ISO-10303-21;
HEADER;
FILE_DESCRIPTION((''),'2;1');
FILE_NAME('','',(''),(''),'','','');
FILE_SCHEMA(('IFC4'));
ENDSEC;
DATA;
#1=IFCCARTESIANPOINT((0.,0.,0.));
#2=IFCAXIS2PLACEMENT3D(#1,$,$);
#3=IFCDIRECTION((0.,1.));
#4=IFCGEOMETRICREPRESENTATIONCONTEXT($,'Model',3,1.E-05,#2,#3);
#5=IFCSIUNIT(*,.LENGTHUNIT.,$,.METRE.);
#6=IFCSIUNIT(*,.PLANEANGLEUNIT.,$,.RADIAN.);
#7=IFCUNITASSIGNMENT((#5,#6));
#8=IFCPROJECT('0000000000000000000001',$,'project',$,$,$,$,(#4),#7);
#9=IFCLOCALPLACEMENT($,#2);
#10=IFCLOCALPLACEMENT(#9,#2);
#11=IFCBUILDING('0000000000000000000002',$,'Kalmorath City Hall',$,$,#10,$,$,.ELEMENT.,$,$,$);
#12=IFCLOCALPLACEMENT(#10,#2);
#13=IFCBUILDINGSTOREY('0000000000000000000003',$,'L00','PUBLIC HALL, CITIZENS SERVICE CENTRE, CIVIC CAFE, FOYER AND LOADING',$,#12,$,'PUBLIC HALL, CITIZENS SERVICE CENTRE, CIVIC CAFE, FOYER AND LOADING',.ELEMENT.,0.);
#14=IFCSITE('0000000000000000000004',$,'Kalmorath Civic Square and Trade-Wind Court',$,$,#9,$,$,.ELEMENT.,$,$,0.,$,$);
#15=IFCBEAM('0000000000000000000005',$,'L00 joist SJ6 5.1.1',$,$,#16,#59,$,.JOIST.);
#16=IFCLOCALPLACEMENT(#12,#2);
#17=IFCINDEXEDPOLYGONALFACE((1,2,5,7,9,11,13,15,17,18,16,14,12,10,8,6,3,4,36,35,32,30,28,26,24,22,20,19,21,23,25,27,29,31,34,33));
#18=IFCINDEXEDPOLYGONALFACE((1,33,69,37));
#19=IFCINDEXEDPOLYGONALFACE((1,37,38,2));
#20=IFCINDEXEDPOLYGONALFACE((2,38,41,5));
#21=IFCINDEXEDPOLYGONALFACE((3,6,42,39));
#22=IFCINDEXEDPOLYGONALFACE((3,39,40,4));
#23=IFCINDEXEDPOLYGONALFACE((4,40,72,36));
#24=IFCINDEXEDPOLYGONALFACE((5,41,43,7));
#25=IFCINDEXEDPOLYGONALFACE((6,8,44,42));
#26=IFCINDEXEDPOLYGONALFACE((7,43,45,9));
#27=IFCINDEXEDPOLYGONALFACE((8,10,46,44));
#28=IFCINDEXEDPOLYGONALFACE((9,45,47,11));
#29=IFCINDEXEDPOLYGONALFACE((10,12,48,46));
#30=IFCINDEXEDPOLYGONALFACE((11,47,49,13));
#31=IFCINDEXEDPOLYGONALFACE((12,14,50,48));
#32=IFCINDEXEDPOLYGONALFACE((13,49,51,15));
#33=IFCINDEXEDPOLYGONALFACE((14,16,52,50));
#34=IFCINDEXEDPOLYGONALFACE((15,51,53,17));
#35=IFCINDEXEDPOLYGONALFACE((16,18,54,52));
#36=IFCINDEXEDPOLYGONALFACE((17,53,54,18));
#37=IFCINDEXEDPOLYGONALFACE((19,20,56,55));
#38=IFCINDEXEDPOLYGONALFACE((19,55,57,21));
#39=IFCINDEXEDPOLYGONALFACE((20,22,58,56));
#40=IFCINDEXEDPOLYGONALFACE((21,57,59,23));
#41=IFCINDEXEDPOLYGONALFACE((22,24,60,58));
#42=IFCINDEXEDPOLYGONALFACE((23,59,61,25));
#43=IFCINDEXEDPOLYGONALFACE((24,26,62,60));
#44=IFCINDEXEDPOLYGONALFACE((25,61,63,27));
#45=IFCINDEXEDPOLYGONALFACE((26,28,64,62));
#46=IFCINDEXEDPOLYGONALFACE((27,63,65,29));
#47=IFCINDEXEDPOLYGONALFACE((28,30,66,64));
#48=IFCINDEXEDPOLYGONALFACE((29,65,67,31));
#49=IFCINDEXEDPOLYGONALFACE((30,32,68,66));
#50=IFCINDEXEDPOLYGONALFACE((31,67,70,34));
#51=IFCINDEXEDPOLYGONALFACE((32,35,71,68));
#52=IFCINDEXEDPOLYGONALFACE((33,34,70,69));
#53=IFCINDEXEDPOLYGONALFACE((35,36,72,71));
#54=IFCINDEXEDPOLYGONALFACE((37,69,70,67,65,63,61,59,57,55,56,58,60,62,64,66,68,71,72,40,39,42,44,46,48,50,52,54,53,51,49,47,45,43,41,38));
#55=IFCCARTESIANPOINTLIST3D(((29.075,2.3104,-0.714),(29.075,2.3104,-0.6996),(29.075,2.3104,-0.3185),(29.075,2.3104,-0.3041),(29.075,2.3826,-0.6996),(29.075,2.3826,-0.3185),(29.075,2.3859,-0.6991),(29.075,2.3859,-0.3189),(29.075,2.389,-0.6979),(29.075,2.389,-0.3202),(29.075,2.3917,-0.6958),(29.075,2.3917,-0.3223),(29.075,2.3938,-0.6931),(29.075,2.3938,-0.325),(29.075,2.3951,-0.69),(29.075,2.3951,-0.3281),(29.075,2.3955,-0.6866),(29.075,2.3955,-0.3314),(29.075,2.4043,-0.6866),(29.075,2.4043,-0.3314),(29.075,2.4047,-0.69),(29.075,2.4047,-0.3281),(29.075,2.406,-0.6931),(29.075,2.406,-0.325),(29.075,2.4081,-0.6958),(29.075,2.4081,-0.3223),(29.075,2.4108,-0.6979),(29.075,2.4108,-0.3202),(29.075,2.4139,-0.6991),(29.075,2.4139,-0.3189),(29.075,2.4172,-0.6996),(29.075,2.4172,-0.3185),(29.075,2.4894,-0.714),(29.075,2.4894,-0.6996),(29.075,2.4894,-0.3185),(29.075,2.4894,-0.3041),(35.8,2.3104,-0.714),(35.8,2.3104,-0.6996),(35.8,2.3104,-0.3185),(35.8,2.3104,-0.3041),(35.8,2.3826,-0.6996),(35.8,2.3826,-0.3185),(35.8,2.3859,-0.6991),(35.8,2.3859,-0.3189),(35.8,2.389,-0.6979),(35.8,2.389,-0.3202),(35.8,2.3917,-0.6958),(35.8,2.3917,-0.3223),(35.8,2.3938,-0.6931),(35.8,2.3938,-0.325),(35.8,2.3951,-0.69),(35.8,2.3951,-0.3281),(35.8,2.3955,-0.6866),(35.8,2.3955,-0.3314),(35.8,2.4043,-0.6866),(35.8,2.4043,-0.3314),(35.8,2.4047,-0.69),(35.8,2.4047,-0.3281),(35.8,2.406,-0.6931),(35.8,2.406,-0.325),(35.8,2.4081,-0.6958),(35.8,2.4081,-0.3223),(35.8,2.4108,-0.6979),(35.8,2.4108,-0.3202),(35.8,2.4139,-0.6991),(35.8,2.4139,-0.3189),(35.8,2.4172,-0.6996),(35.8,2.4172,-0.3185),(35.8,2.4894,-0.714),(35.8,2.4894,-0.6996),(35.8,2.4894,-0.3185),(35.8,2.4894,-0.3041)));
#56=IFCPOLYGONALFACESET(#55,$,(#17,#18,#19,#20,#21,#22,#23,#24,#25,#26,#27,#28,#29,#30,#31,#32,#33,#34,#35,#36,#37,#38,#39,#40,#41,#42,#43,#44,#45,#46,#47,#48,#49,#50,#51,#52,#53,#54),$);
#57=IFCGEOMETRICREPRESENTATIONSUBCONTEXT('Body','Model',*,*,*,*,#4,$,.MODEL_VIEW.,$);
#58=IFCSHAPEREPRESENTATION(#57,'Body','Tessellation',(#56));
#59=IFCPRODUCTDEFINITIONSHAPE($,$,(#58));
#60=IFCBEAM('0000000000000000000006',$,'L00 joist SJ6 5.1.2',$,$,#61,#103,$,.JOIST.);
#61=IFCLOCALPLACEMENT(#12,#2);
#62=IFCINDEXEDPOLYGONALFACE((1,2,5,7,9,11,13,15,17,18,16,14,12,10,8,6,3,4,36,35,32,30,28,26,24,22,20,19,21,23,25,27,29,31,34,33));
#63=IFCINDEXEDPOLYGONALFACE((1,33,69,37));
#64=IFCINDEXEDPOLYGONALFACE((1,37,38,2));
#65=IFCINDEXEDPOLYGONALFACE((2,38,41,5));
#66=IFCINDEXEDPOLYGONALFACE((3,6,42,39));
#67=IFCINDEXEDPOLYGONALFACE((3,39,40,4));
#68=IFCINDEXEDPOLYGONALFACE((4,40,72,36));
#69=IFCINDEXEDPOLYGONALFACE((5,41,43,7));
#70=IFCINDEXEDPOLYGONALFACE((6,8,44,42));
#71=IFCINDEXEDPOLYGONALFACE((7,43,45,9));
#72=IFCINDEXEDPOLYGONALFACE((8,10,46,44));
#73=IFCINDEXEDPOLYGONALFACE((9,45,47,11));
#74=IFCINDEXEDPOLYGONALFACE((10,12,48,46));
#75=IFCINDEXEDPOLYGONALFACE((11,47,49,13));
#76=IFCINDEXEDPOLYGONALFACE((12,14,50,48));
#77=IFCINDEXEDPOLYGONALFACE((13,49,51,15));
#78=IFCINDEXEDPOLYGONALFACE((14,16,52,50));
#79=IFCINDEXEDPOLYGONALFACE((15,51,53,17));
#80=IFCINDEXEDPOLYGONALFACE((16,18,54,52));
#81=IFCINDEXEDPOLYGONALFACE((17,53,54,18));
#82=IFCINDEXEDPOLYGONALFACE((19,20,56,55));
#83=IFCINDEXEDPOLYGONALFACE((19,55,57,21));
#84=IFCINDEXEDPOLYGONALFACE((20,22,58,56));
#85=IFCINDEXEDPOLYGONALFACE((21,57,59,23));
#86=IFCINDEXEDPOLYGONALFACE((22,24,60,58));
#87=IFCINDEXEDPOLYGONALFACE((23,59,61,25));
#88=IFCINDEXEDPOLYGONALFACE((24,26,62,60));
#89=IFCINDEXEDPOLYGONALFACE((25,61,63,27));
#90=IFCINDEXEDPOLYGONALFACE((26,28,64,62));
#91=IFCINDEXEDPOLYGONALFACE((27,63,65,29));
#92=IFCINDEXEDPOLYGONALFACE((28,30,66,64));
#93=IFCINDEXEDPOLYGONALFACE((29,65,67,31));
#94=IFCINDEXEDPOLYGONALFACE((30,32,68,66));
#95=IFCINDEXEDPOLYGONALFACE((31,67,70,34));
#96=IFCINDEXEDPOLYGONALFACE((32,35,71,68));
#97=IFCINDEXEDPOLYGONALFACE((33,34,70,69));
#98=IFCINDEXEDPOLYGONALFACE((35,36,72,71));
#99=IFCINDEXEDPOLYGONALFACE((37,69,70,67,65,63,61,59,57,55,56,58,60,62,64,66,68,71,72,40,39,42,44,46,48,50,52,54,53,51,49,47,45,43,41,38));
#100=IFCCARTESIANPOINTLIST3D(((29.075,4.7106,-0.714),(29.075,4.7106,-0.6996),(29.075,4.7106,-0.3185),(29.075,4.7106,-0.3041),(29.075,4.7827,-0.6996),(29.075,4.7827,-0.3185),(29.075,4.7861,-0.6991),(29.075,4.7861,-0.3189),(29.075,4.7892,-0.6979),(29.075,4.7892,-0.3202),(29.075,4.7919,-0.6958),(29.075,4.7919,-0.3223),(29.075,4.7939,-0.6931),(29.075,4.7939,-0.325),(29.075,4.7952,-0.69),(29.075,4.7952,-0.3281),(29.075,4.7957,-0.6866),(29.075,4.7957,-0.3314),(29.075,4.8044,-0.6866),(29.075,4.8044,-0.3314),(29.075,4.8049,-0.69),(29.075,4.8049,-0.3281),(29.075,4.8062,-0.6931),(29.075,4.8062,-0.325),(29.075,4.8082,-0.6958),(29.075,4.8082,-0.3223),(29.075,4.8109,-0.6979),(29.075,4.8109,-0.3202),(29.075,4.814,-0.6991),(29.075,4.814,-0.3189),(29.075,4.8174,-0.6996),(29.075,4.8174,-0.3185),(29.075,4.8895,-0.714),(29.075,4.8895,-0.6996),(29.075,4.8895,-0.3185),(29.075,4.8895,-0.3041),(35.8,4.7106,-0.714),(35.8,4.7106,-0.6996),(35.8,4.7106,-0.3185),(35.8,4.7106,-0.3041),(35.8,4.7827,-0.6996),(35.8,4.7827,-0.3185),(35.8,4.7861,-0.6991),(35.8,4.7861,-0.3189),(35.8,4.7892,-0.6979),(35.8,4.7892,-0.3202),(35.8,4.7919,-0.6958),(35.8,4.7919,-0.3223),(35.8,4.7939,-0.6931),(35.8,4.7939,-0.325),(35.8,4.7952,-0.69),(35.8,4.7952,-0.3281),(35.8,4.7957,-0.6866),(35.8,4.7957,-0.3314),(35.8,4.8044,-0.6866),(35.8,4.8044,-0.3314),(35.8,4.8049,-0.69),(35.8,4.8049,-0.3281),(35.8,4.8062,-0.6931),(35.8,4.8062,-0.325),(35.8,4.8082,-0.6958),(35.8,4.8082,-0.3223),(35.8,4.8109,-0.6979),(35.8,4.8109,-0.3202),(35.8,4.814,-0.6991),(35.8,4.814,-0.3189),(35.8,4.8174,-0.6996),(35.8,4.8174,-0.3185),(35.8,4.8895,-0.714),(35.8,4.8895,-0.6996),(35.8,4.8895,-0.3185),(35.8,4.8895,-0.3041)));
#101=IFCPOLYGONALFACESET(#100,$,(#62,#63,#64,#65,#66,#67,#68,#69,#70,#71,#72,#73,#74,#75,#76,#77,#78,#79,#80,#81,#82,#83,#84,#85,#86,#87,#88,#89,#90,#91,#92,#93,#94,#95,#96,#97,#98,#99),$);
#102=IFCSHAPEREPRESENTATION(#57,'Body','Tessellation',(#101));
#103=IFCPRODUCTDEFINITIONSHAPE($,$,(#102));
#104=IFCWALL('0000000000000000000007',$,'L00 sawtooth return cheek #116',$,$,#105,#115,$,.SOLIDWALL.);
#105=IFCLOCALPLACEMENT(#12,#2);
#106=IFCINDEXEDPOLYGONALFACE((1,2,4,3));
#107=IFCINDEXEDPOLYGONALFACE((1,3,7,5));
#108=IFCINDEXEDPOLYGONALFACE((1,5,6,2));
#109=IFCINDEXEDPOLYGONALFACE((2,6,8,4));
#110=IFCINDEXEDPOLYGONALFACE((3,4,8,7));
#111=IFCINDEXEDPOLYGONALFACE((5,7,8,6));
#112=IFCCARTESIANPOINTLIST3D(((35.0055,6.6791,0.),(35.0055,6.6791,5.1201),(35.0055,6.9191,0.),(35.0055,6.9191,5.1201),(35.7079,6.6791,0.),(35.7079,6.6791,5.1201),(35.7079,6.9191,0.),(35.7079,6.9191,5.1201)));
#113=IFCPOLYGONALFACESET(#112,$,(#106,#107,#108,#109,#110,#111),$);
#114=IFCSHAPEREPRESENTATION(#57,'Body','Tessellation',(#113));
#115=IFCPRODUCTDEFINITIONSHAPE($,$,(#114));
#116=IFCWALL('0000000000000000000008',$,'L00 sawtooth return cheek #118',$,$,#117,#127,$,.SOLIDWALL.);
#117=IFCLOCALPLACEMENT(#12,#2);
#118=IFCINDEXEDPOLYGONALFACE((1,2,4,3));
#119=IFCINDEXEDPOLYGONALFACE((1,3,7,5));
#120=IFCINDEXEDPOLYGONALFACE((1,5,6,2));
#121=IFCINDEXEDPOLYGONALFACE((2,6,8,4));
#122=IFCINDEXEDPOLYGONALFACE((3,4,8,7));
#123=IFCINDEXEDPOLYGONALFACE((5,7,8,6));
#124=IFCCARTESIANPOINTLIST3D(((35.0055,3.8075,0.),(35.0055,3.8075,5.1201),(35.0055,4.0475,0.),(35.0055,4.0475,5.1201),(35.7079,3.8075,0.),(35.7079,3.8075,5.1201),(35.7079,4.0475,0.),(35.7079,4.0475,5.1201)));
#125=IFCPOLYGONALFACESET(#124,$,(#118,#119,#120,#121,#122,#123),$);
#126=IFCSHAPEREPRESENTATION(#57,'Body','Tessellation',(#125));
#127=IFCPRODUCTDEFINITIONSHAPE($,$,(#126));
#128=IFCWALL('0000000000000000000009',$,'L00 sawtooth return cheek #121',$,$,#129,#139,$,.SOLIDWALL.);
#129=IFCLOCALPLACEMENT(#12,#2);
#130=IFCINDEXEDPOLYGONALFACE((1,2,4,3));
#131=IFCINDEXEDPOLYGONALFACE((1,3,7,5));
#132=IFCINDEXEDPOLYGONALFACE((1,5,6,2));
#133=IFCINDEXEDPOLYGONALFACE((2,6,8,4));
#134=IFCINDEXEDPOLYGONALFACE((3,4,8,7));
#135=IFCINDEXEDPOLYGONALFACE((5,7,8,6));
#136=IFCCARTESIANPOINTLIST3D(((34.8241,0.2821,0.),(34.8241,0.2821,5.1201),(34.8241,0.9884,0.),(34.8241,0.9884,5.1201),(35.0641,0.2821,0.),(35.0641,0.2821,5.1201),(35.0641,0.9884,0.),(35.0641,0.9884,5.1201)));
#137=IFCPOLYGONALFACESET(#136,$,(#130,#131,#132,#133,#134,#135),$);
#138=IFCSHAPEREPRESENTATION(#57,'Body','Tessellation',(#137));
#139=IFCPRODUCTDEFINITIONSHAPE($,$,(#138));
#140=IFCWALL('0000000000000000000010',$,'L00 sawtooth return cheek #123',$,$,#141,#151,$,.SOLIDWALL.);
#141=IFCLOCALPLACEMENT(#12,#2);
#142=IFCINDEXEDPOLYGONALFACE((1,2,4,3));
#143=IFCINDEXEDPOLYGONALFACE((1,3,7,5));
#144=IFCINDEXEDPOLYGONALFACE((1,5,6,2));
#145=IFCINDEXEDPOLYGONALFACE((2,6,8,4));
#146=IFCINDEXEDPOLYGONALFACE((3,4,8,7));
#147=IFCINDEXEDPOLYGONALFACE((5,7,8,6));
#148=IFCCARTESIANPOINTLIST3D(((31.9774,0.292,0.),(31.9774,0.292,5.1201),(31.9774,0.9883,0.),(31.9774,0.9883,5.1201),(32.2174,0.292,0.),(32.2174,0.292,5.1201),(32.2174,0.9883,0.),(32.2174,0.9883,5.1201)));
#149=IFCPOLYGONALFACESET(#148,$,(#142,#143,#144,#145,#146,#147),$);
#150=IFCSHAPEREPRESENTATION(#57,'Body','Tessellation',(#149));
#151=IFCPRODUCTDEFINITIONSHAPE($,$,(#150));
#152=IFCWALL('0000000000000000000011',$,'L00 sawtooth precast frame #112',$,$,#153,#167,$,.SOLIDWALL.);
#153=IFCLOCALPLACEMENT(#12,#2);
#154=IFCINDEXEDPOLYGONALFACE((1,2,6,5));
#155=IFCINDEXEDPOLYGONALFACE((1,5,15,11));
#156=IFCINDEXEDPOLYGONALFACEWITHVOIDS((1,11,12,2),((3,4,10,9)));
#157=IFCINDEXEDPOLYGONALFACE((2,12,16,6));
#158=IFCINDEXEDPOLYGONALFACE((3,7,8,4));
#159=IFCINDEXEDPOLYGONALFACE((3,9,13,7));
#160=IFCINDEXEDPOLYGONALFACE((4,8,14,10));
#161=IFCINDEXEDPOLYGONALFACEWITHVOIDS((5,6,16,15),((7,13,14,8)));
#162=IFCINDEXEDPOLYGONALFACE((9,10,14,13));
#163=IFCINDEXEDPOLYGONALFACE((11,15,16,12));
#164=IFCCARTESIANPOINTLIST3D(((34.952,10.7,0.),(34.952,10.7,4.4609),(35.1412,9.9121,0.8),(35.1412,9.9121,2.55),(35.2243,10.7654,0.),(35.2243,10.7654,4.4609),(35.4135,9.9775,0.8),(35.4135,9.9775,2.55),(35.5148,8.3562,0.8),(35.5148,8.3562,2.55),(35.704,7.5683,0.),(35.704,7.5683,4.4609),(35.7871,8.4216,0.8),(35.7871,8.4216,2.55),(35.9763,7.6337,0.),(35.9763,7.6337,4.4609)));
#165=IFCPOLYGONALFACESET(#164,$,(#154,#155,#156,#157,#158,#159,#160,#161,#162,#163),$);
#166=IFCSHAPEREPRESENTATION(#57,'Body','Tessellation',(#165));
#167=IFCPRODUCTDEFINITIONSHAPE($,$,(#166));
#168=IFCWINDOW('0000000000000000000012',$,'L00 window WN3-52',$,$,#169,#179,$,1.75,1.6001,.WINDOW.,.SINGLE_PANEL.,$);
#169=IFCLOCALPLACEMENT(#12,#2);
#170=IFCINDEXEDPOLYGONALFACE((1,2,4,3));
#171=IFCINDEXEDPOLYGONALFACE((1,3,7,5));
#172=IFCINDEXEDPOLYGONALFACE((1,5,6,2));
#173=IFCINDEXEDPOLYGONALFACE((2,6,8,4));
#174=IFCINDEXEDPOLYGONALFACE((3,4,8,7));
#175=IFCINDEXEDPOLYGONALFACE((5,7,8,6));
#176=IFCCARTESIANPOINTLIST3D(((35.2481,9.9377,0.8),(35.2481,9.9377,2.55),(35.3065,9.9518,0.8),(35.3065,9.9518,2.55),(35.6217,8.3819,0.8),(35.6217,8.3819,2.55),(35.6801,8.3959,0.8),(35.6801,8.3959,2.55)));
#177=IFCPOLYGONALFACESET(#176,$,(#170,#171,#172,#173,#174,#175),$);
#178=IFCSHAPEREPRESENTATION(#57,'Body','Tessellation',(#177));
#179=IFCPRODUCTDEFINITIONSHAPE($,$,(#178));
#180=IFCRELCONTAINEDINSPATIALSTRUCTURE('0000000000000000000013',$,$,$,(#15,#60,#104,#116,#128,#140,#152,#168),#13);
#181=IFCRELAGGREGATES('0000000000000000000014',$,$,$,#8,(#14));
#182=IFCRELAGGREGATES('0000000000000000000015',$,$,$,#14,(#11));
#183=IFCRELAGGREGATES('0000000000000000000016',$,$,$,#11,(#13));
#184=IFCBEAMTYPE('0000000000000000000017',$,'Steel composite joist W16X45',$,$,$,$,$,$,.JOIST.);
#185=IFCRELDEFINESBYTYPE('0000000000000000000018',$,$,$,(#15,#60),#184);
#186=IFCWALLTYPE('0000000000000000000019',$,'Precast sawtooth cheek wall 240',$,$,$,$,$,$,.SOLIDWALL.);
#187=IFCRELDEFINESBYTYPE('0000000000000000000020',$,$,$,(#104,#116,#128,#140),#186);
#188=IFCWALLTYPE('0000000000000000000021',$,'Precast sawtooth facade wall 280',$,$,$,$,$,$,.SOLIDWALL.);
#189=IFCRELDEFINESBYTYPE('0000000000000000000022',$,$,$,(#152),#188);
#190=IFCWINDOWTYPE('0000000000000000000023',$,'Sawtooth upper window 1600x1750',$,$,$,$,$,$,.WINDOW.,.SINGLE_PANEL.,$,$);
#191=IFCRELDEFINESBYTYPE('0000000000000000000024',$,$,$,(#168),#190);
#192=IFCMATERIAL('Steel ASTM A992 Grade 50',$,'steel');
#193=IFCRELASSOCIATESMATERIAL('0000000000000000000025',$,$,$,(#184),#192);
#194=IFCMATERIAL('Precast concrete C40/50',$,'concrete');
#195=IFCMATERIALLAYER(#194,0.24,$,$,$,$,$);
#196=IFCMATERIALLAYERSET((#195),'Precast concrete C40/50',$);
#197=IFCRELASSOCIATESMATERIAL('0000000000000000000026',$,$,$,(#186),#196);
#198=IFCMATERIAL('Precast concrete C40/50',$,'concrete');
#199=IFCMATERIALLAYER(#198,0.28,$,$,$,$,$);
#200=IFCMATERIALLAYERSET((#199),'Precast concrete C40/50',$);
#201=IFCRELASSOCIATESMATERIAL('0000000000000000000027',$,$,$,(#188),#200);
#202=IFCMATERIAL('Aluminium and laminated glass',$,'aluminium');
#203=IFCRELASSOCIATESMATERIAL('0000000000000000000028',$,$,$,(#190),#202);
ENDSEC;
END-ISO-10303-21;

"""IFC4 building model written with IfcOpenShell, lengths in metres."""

from ifc_helpers import new_model, si_unit, direction, frame, frame_2d, origin, origin_2d, place, context, subcontext, project, spatial, rectangle, i_section, extrude, material, layer, layer_set, material_profile, profile_set, type_object, element, fill, save


model = new_model("IFC4")

# Units and contexts
model_context = context("Model", 3, precision=1e-05, world=origin(), true_north=direction((0.0, 1.0)))
body_context = subcontext(model_context, "Body", "Model", "MODEL_VIEW")
ifc_project = project(units=[si_unit("LENGTHUNIT", "METRE"), si_unit("PLANEANGLEUNIT", "RADIAN")], contexts=[model_context])

# Site, building, storey
site_placement = place(None, origin())
site = spatial("IfcSite", under=ifc_project, at=site_placement, Name="Kalmorath Civic Square and Trade-Wind Court", CompositionType="ELEMENT", RefElevation=0.0)
building_placement = place(site_placement, origin())
building = spatial("IfcBuilding", under=site, at=building_placement, Name="Kalmorath City Hall", CompositionType="ELEMENT")
storey_placement = place(building_placement, origin())
storey = spatial("IfcBuildingStorey", under=building, at=storey_placement, Name="L00", Description="PUBLIC HALL, CITIZENS SERVICE CENTRE, CIVIC CAFE, FOYER AND LOADING", LongName="PUBLIC HALL, CITIZENS SERVICE CENTRE, CIVIC CAFE, FOYER AND LOADING", CompositionType="ELEMENT", Elevation=0.0)

# Beams
ifc_material_1 = material(Name="Steel ASTM A992 Grade 50", Category="steel")
ifc_material_profile_1 = material_profile(ifc_material_1, i_section(OverallWidth=0.179, OverallDepth=0.4099, WebThickness=0.0088, FlangeThickness=0.0144, FilletRadius=0.0129, at=origin_2d()), Name="W16X45")
ifc_profile_set_1 = profile_set([ifc_material_profile_1], Name="Steel ASTM A992 Grade 50")
beam_type_1 = type_object("IfcBeamType", Name="Steel composite joist W16X45", PredefinedType="JOIST", material=ifc_profile_set_1)
for number, where, z_axis, x_axis, name in (
    (1, (29.075, 2.3999, -0.509), (1.0, 0.0, 0.0), (0.0, 1.0, 0.0), "L00 joist SJ6 5.1.1"),
    (2, (29.075, 4.8, -0.509), (1.0, 0.0, 0.0), (0.0, 1.0, 0.0), "L00 joist SJ6 5.1.2"),
):
    element("IfcBeam", number, at=place(storey_placement, frame(where, z_axis=z_axis, x_axis=x_axis)), inside=storey, type_object=beam_type_1, Name=name, PredefinedType="JOIST", context=body_context, shape_type="SweptSolid", body=[
        extrude(i_section(OverallWidth=0.179, OverallDepth=0.4099, WebThickness=0.0088, FlangeThickness=0.0144, FilletRadius=0.0129, at=origin_2d()), origin(), (0.0, 0.0, 1.0), 6.7251),
    ])

# Walls
ifc_material_2 = material(Name="Precast concrete C40/50", Category="concrete")
ifc_layer_1 = layer(ifc_material_2, 0.24)
ifc_layer_set_1 = layer_set([ifc_layer_1], Name="Precast concrete C40/50")
wall_type_1 = type_object("IfcWallType", Name="Precast sawtooth cheek wall 240", PredefinedType="SOLIDWALL", material=ifc_layer_set_1)
for number, where, z_axis, x_axis, name in (
    (3, (35.0056, 6.7991, 0.0), (0.0, 0.0, 1.0), (1.0, 0.0, 0.0), "L00 sawtooth return cheek #116"),
    (4, (35.0056, 3.9275, 0.0), (0.0, 0.0, 1.0), (1.0, 0.0, 0.0), "L00 sawtooth return cheek #118"),
):
    element("IfcWall", number, at=place(storey_placement, frame(where, z_axis=z_axis, x_axis=x_axis)), inside=storey, type_object=wall_type_1, Name=name, PredefinedType="SOLIDWALL", context=body_context, shape_type="SweptSolid", body=[
        extrude(rectangle(XDim=0.7024, YDim=0.24, at=frame_2d((0.3511, 0.0))), origin(), (0.0, 0.0, 1.0), 5.1201),
    ])
wall_1_placement = place(storey_placement, frame((34.9441, 0.9883, 0.0), z_axis=(0.0, 0.0, 1.0), x_axis=(0.0, -1.0, 0.0)))
element("IfcWall", 5, at=wall_1_placement, inside=storey, type_object=wall_type_1, Name="L00 sawtooth return cheek #121", PredefinedType="SOLIDWALL", context=body_context, shape_type="SweptSolid", body=[
    extrude(rectangle(XDim=0.7063, YDim=0.24, at=frame_2d((0.353, 0.0))), origin(), (0.0, 0.0, 1.0), 5.1201),
])
wall_2_placement = place(storey_placement, frame((32.0974, 0.9883, 0.0), z_axis=(0.0, 0.0, 1.0), x_axis=(0.0, -1.0, 0.0)))
element("IfcWall", 6, at=wall_2_placement, inside=storey, type_object=wall_type_1, Name="L00 sawtooth return cheek #123", PredefinedType="SOLIDWALL", context=body_context, shape_type="SweptSolid", body=[
    extrude(rectangle(XDim=0.6963, YDim=0.24, at=frame_2d((0.3481, 0.0))), origin(), (0.0, 0.0, 1.0), 5.1201),
])

# Wall, opening, window
ifc_material_3 = material(Name="Precast concrete C40/50", Category="concrete")
ifc_layer_2 = layer(ifc_material_3, 0.28)
ifc_layer_set_2 = layer_set([ifc_layer_2], Name="Precast concrete C40/50")
wall_type_2 = type_object("IfcWallType", Name="Precast sawtooth facade wall 280", PredefinedType="SOLIDWALL", material=ifc_layer_set_2)
wall_3_placement = place(storey_placement, frame((35.0881, 10.7327, 0.0), z_axis=(0.0, 0.0, 1.0), x_axis=(0.233482, -0.972361, 0.0)))
wall_3 = element("IfcWall", 7, at=wall_3_placement, inside=storey, type_object=wall_type_2, Name="L00 sawtooth precast frame #112", PredefinedType="SOLIDWALL", context=body_context, shape_type="SweptSolid", body=[
    extrude(rectangle(XDim=3.2207, YDim=0.28, at=frame_2d((1.6104, 0.0))), origin(), (0.0, 0.0, 1.0), 4.4609),
])
opening_1_placement = place(wall_3_placement, frame((0.8103, 0.0, 0.8)))
opening_1 = element("IfcOpeningElement", 8, at=opening_1_placement, cuts=wall_3, PredefinedType="OPENING", context=body_context, shape_type="SweptSolid", body=[
    extrude(rectangle(XDim=1.6001, YDim=1.75, at=frame_2d((0.8, 0.875))), frame((0.0, 0.1499, 0.0), z_axis=(0.0, -1.0, 0.0), x_axis=(1.0, 0.0, 0.0)), (0.0, 0.0, 1.0), 0.3),
])
ifc_material_4 = material(Name="Aluminium and laminated glass", Category="aluminium")
window_type = type_object("IfcWindowType", Name="Sawtooth upper window 1600x1750", PartitioningType="SINGLE_PANEL", PredefinedType="WINDOW", material=ifc_material_4)
window_1_placement = place(opening_1_placement, origin())
window_1 = element("IfcWindow", 9, at=window_1_placement, inside=storey, type_object=window_type, Name="L00 window WN3-52", OverallHeight=1.75, OverallWidth=1.6001, PartitioningType="SINGLE_PANEL", PredefinedType="WINDOW", context=body_context, shape_type="SweptSolid", body=[
    extrude(rectangle(XDim=1.6001, YDim=1.75, at=frame_2d((0.8, 0.875))), frame((0.0, 0.03, 0.0), z_axis=(0.0, -1.0, 0.0), x_axis=(1.0, 0.0, 0.0)), (0.0, 0.0, 1.0), 0.0601),
])
fill(opening_1, window_1)

save(model, "model.ifc")
